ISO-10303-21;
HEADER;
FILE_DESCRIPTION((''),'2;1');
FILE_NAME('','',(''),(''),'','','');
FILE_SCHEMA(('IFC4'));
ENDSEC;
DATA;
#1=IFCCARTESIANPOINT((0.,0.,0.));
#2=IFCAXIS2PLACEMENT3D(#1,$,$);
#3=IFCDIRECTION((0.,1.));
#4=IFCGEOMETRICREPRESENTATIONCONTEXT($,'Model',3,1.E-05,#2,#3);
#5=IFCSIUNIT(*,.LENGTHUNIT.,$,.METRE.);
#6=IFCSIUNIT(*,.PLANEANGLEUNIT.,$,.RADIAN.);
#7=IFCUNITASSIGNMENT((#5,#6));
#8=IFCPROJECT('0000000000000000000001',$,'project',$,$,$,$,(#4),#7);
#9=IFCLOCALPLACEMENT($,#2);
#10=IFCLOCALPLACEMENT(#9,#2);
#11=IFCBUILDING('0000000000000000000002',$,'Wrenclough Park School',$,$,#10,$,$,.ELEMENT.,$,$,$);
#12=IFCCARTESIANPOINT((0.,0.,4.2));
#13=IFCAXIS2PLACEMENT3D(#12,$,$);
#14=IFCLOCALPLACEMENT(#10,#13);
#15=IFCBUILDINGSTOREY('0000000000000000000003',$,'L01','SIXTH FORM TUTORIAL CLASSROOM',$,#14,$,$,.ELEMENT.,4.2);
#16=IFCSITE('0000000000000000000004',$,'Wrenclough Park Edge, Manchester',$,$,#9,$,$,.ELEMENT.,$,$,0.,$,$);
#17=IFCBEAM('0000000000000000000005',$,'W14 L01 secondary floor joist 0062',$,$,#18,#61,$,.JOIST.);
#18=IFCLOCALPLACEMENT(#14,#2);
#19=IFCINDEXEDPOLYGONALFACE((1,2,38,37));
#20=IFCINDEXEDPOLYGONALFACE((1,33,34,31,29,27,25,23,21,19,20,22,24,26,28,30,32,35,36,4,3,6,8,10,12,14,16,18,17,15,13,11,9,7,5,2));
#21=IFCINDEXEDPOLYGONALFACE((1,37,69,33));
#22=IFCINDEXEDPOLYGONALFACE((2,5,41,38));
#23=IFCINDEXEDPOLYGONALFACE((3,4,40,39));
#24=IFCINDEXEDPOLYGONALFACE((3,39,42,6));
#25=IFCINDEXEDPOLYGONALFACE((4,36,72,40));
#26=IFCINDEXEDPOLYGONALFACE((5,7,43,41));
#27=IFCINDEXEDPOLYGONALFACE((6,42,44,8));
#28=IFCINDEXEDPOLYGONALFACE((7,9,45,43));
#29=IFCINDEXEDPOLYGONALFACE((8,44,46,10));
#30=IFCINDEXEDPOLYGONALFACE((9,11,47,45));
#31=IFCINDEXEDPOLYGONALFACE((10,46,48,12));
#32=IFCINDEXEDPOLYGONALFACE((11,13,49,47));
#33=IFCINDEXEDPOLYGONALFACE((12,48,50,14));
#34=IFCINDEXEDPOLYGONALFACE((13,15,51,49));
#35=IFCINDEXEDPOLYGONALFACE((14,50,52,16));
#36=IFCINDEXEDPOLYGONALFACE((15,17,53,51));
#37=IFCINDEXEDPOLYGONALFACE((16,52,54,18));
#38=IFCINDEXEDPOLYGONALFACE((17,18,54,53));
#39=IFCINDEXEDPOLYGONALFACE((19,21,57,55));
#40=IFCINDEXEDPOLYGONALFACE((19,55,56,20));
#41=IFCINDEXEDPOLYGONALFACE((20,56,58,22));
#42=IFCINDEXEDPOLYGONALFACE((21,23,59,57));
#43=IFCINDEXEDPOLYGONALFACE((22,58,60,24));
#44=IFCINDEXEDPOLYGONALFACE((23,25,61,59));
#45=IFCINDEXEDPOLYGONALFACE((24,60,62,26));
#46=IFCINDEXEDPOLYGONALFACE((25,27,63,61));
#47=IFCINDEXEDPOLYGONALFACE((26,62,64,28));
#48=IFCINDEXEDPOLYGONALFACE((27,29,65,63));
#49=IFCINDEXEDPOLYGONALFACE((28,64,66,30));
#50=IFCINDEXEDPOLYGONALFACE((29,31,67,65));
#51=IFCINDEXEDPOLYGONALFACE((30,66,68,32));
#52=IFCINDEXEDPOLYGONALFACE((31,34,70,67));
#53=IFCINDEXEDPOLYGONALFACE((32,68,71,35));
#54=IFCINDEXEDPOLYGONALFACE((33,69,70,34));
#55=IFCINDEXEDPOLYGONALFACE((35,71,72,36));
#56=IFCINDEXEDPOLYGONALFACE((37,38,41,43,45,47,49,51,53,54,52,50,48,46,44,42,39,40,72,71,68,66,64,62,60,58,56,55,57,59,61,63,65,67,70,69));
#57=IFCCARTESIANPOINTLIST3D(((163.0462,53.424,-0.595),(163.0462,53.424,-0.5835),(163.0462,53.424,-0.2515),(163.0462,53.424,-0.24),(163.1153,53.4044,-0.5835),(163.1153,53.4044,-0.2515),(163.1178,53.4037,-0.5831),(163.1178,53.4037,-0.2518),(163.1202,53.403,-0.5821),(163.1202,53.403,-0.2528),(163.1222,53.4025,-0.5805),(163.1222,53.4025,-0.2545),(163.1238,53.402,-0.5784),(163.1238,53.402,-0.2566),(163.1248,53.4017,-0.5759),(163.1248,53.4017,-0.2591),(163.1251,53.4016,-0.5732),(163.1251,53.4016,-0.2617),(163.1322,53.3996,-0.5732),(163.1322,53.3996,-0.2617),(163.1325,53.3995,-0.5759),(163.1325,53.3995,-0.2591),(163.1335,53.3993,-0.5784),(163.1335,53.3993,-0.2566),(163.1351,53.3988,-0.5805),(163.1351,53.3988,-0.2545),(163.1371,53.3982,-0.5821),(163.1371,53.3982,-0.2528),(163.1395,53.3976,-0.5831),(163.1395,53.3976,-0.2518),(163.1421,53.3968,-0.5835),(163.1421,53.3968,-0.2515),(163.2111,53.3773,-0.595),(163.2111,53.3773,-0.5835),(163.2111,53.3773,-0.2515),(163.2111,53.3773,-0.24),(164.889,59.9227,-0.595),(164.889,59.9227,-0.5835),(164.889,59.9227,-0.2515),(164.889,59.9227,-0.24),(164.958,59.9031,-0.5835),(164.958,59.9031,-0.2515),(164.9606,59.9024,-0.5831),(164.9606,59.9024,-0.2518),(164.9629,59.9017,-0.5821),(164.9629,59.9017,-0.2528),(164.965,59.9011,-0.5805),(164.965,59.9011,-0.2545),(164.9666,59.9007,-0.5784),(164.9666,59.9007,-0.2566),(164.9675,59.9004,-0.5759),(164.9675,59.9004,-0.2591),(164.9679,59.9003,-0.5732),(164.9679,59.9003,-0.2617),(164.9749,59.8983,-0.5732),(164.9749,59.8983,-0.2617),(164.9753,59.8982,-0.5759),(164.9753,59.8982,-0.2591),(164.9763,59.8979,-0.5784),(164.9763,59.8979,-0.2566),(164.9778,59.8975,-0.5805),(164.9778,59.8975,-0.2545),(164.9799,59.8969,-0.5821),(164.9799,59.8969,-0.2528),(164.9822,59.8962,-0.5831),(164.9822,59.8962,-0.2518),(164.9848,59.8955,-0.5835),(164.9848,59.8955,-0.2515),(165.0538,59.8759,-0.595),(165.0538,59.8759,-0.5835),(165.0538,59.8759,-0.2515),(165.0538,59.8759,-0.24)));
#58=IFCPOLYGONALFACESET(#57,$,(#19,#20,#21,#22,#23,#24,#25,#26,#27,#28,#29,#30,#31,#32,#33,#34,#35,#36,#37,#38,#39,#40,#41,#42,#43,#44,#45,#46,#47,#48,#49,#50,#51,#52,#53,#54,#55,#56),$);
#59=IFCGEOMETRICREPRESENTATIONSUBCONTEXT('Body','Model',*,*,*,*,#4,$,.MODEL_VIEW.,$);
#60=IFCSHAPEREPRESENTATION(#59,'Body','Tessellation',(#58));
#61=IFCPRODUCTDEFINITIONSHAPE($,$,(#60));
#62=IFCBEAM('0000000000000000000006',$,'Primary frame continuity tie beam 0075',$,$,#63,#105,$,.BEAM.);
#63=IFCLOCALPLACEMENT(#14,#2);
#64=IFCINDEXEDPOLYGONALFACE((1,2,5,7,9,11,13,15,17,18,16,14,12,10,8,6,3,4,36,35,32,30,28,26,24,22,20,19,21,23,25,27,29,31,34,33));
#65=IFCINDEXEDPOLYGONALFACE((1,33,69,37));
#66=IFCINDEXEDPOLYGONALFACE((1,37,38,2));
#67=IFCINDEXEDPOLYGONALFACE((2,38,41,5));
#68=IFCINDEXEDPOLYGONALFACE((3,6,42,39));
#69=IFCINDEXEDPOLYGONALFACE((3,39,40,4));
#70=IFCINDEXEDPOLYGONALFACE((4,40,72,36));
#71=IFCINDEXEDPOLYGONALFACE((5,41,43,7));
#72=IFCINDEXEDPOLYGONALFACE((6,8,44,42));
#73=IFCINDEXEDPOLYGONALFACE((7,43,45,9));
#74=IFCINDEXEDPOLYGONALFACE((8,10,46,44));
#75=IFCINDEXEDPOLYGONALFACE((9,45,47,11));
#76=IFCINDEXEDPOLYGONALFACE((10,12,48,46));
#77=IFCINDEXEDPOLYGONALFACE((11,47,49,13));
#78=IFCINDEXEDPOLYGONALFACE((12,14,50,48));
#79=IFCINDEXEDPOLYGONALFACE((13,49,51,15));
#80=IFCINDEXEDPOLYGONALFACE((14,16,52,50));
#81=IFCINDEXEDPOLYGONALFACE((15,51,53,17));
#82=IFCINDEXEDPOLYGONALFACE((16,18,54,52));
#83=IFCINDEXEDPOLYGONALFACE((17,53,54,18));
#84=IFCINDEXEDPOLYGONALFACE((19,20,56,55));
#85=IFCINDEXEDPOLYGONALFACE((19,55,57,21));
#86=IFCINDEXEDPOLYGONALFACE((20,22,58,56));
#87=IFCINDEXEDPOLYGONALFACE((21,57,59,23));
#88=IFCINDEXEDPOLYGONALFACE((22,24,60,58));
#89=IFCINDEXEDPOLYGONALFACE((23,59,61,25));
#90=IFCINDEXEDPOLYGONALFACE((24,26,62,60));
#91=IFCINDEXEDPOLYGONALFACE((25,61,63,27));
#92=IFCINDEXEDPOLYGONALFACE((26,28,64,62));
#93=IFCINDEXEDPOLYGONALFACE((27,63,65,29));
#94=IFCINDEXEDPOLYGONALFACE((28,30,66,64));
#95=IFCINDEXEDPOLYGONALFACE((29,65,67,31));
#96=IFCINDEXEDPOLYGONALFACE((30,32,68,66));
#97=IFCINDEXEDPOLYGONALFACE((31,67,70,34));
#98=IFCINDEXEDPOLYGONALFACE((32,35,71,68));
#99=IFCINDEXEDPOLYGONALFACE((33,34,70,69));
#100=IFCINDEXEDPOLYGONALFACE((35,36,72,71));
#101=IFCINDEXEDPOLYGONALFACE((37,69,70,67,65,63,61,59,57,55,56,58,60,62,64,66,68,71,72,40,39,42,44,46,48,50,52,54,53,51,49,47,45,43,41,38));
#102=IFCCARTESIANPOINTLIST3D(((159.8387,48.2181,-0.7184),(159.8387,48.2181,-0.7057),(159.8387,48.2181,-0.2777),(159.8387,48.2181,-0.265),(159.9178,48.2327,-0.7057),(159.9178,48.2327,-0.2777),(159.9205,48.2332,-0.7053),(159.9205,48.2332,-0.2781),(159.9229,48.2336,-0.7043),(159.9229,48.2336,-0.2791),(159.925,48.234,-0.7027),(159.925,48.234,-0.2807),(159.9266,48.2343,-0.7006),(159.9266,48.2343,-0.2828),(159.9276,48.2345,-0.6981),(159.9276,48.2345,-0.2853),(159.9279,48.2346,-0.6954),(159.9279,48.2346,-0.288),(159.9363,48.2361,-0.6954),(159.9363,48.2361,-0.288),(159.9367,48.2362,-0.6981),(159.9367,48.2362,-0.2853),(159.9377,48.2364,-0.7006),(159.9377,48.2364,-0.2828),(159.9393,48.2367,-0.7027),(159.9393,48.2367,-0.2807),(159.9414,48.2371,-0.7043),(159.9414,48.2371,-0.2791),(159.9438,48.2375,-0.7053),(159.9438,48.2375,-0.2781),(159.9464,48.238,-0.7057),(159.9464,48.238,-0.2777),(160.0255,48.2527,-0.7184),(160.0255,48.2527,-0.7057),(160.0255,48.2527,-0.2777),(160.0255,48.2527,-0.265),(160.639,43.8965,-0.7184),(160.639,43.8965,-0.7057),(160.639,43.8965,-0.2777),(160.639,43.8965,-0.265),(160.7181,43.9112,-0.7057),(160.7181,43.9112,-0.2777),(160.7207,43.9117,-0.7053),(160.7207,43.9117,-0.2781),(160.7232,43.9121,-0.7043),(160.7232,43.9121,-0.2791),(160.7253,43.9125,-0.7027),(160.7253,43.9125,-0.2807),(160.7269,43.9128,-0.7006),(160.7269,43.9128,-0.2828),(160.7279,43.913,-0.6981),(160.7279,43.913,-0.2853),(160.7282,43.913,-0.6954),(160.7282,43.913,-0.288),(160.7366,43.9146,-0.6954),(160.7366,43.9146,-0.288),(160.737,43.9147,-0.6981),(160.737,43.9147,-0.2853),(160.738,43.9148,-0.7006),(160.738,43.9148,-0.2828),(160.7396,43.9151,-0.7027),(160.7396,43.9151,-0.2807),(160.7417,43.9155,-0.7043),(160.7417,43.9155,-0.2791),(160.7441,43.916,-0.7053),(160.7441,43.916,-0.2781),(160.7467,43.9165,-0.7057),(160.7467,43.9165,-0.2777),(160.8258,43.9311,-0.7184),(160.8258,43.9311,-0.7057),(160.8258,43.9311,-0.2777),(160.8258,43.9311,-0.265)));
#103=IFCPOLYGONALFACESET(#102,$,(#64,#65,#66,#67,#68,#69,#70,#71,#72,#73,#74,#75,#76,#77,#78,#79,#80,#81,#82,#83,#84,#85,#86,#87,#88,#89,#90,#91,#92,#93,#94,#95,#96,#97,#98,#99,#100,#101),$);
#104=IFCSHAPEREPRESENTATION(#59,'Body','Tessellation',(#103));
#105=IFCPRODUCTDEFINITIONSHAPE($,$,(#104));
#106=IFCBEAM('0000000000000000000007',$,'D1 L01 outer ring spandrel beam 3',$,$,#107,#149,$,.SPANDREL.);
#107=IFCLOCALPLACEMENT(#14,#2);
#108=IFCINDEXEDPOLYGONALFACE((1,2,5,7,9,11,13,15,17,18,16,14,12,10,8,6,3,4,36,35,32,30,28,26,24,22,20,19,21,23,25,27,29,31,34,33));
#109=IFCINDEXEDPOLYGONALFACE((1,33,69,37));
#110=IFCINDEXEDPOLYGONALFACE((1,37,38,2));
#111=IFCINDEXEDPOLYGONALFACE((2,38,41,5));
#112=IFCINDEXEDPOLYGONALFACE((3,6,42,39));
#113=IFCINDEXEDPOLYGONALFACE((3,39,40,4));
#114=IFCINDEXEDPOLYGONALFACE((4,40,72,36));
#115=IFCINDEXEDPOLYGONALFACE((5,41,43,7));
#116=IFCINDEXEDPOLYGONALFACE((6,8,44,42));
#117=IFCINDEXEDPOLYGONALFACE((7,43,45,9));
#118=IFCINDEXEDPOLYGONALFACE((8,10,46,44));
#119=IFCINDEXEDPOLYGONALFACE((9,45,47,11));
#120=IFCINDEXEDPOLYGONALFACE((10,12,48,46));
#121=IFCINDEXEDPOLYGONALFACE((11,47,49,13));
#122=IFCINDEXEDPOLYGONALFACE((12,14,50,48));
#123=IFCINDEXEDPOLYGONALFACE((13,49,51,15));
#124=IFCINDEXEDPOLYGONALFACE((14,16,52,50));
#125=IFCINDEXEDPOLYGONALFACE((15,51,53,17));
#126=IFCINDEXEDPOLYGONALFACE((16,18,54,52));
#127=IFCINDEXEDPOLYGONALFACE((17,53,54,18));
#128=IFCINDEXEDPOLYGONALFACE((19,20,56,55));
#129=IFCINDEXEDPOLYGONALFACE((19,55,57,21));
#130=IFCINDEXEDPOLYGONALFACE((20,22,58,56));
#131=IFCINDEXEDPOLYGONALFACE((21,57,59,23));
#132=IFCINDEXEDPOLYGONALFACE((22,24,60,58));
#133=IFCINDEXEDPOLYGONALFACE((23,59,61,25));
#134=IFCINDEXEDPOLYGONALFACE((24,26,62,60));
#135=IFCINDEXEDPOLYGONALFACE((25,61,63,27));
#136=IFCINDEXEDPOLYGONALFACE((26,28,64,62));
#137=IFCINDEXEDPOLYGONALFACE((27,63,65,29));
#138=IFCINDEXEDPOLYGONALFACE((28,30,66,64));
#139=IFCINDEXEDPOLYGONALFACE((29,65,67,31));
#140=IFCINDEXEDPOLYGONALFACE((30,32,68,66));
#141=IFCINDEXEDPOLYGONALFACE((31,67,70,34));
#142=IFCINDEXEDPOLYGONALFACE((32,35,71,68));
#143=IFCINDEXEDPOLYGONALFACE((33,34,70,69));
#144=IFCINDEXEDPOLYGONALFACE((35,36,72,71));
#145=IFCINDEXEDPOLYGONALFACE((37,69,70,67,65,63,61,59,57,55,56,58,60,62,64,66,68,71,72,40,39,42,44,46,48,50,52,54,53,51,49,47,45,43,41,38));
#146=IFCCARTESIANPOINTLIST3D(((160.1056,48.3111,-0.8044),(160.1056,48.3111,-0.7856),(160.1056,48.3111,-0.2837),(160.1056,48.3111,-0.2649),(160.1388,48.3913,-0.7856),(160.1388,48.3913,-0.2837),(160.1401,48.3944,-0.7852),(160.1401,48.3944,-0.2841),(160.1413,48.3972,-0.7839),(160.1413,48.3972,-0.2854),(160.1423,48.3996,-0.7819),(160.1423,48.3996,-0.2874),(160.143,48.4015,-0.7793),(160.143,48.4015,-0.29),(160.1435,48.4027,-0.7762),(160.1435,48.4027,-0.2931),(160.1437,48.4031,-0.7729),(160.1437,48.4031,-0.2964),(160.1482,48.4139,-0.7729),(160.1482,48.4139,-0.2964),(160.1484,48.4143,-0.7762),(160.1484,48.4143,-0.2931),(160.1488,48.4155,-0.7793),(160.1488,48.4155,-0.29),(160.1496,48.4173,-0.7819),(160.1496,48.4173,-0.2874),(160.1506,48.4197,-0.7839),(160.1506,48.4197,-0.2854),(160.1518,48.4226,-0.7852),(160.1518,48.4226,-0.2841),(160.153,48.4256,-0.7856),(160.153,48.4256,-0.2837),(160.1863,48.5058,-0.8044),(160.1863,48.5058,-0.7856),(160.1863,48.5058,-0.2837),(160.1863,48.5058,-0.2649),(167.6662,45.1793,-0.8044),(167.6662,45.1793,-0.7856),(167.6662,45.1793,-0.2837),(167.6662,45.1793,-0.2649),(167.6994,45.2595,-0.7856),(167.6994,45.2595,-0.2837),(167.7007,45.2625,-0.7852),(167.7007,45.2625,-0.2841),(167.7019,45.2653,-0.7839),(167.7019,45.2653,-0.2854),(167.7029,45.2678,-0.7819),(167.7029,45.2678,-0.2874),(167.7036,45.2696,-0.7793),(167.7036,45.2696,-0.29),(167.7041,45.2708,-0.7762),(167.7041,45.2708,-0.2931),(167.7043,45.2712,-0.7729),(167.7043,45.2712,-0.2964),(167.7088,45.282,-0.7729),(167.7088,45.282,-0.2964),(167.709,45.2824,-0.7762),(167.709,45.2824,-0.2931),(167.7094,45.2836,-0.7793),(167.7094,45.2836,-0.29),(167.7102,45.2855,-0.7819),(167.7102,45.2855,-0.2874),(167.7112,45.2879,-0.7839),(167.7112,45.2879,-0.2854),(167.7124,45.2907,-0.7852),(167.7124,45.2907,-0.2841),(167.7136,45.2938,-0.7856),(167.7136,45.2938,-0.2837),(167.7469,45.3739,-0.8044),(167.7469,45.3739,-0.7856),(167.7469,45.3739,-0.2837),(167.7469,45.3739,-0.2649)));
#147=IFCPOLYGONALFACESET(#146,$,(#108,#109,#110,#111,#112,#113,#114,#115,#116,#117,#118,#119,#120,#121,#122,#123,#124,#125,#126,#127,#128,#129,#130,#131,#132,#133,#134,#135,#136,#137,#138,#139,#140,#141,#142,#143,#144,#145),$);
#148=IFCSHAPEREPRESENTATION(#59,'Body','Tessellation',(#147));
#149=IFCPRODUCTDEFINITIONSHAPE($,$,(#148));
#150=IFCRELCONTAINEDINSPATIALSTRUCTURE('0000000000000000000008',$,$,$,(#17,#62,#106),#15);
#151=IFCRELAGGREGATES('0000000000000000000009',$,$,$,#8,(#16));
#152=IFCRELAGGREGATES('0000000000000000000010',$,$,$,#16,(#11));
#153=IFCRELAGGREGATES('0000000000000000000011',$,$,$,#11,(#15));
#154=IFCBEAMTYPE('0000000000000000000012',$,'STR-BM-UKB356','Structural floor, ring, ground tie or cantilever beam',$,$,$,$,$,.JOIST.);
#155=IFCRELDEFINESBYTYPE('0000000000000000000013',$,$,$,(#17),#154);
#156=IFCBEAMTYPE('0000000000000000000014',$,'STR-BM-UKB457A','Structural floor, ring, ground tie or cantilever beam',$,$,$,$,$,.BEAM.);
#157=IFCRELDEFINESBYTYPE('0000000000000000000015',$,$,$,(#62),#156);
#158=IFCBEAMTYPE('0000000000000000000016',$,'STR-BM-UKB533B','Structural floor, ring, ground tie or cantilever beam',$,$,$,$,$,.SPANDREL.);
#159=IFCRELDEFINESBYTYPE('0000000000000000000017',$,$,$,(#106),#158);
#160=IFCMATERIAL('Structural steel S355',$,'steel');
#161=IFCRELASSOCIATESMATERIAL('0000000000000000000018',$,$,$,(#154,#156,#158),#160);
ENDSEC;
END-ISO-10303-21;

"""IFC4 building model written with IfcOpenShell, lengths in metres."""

from ifc_helpers import new_model, si_unit, direction, frame, origin, origin_2d, place, context, subcontext, project, spatial, i_section, extrude, material, material_profile, profile_set, type_object, element, save


model = new_model("IFC4")

# Units and contexts
model_context = context("Model", 3, precision=1e-05, world=origin(), true_north=direction((0.0, 1.0)))
body_context = subcontext(model_context, "Body", "Model", "MODEL_VIEW")
ifc_project = project(units=[si_unit("LENGTHUNIT", "METRE"), si_unit("PLANEANGLEUNIT", "RADIAN")], contexts=[model_context])

# Site, building, storey
site_placement = place(None, origin())
site = spatial("IfcSite", under=ifc_project, at=site_placement, Name="Wrenclough Park Edge, Manchester", CompositionType="ELEMENT", RefElevation=0.0)
building_placement = place(site_placement, origin())
building = spatial("IfcBuilding", under=site, at=building_placement, Name="Wrenclough Park School", CompositionType="ELEMENT")
storey_placement = place(building_placement, frame((0.0, 0.0, 4.2)))
storey = spatial("IfcBuildingStorey", under=building, at=storey_placement, Name="L01", Description="SIXTH FORM TUTORIAL CLASSROOM", CompositionType="ELEMENT", Elevation=4.2)

# Shared definitions
ifc_material_1 = material(Name="Structural steel S355", Category="steel")

# Beams
ifc_material_profile_1 = material_profile(ifc_material_1, i_section(OverallWidth=0.1714, OverallDepth=0.355, WebThickness=0.0073, FlangeThickness=0.0115, FilletRadius=0.0103, at=origin_2d()), Name="UKB 356x171x51")
ifc_profile_set_1 = profile_set([ifc_material_profile_1], Name="Structural steel S355")
beam_type_1 = type_object("IfcBeamType", Name="STR-BM-UKB356", Description="Structural floor, ring, ground tie or cantilever beam", PredefinedType="JOIST", material=ifc_profile_set_1)
beam_1_placement = place(storey_placement, frame((163.1287, 53.4006, -0.4175), z_axis=(0.272802, 0.96207, 0.0), x_axis=(-0.96207, 0.272802, 0.0)))
element("IfcBeam", 1, at=beam_1_placement, inside=storey, type_object=beam_type_1, Name="W14 L01 secondary floor joist 0062", PredefinedType="JOIST", context=body_context, shape_type="SweptSolid", body=[
    extrude(i_section(OverallWidth=0.1714, OverallDepth=0.355, WebThickness=0.0073, FlangeThickness=0.0115, FilletRadius=0.0103, at=origin_2d()), origin(), (0.0, 0.0, 1.0), 6.7549),
])
ifc_material_profile_2 = material_profile(ifc_material_1, i_section(OverallWidth=0.1899, OverallDepth=0.4534, WebThickness=0.0085, FlangeThickness=0.0127, FilletRadius=0.0103, at=origin_2d()), Name="UKB 457x191x67")
ifc_profile_set_2 = profile_set([ifc_material_profile_2], Name="Structural steel S355")
beam_type_2 = type_object("IfcBeamType", Name="STR-BM-UKB457A", Description="Structural floor, ring, ground tie or cantilever beam", PredefinedType="BEAM", material=ifc_profile_set_2)
beam_2_placement = place(storey_placement, frame((160.7324, 43.9138, -0.4917), z_axis=(-0.182091, 0.983282, 0.0), x_axis=(-0.983282, -0.182091, 0.0)))
element("IfcBeam", 2, at=beam_2_placement, inside=storey, type_object=beam_type_2, Name="Primary frame continuity tie beam 0075", PredefinedType="BEAM", context=body_context, shape_type="SweptSolid", body=[
    extrude(i_section(OverallWidth=0.1899, OverallDepth=0.4534, WebThickness=0.0085, FlangeThickness=0.0127, FilletRadius=0.0103, at=origin_2d()), origin(), (0.0, 0.0, 1.0), 4.395),
])
ifc_material_profile_3 = material_profile(ifc_material_1, i_section(OverallWidth=0.2107, OverallDepth=0.5396, WebThickness=0.0117, FlangeThickness=0.0188, FilletRadius=0.0127, at=origin_2d()), Name="UKB 533x210x109")
ifc_profile_set_3 = profile_set([ifc_material_profile_3], Name="Structural steel S355")
beam_type_3 = type_object("IfcBeamType", Name="STR-BM-UKB533B", Description="Structural floor, ring, ground tie or cantilever beam", PredefinedType="SPANDREL", material=ifc_profile_set_3)
beam_3_placement = place(storey_placement, frame((167.7065, 45.2766, -0.5347), z_axis=(-0.923873, 0.3827, 0.0), x_axis=(-0.3827, -0.923873, 0.0)))
element("IfcBeam", 3, at=beam_3_placement, inside=storey, type_object=beam_type_3, Name="D1 L01 outer ring spandrel beam 3", PredefinedType="SPANDREL", context=body_context, shape_type="SweptSolid", body=[
    extrude(i_section(OverallWidth=0.2107, OverallDepth=0.5396, WebThickness=0.0117, FlangeThickness=0.0188, FilletRadius=0.0127, at=origin_2d()), origin(), (0.0, 0.0, 1.0), 8.1836),
])

save(model, "model.ifc")
